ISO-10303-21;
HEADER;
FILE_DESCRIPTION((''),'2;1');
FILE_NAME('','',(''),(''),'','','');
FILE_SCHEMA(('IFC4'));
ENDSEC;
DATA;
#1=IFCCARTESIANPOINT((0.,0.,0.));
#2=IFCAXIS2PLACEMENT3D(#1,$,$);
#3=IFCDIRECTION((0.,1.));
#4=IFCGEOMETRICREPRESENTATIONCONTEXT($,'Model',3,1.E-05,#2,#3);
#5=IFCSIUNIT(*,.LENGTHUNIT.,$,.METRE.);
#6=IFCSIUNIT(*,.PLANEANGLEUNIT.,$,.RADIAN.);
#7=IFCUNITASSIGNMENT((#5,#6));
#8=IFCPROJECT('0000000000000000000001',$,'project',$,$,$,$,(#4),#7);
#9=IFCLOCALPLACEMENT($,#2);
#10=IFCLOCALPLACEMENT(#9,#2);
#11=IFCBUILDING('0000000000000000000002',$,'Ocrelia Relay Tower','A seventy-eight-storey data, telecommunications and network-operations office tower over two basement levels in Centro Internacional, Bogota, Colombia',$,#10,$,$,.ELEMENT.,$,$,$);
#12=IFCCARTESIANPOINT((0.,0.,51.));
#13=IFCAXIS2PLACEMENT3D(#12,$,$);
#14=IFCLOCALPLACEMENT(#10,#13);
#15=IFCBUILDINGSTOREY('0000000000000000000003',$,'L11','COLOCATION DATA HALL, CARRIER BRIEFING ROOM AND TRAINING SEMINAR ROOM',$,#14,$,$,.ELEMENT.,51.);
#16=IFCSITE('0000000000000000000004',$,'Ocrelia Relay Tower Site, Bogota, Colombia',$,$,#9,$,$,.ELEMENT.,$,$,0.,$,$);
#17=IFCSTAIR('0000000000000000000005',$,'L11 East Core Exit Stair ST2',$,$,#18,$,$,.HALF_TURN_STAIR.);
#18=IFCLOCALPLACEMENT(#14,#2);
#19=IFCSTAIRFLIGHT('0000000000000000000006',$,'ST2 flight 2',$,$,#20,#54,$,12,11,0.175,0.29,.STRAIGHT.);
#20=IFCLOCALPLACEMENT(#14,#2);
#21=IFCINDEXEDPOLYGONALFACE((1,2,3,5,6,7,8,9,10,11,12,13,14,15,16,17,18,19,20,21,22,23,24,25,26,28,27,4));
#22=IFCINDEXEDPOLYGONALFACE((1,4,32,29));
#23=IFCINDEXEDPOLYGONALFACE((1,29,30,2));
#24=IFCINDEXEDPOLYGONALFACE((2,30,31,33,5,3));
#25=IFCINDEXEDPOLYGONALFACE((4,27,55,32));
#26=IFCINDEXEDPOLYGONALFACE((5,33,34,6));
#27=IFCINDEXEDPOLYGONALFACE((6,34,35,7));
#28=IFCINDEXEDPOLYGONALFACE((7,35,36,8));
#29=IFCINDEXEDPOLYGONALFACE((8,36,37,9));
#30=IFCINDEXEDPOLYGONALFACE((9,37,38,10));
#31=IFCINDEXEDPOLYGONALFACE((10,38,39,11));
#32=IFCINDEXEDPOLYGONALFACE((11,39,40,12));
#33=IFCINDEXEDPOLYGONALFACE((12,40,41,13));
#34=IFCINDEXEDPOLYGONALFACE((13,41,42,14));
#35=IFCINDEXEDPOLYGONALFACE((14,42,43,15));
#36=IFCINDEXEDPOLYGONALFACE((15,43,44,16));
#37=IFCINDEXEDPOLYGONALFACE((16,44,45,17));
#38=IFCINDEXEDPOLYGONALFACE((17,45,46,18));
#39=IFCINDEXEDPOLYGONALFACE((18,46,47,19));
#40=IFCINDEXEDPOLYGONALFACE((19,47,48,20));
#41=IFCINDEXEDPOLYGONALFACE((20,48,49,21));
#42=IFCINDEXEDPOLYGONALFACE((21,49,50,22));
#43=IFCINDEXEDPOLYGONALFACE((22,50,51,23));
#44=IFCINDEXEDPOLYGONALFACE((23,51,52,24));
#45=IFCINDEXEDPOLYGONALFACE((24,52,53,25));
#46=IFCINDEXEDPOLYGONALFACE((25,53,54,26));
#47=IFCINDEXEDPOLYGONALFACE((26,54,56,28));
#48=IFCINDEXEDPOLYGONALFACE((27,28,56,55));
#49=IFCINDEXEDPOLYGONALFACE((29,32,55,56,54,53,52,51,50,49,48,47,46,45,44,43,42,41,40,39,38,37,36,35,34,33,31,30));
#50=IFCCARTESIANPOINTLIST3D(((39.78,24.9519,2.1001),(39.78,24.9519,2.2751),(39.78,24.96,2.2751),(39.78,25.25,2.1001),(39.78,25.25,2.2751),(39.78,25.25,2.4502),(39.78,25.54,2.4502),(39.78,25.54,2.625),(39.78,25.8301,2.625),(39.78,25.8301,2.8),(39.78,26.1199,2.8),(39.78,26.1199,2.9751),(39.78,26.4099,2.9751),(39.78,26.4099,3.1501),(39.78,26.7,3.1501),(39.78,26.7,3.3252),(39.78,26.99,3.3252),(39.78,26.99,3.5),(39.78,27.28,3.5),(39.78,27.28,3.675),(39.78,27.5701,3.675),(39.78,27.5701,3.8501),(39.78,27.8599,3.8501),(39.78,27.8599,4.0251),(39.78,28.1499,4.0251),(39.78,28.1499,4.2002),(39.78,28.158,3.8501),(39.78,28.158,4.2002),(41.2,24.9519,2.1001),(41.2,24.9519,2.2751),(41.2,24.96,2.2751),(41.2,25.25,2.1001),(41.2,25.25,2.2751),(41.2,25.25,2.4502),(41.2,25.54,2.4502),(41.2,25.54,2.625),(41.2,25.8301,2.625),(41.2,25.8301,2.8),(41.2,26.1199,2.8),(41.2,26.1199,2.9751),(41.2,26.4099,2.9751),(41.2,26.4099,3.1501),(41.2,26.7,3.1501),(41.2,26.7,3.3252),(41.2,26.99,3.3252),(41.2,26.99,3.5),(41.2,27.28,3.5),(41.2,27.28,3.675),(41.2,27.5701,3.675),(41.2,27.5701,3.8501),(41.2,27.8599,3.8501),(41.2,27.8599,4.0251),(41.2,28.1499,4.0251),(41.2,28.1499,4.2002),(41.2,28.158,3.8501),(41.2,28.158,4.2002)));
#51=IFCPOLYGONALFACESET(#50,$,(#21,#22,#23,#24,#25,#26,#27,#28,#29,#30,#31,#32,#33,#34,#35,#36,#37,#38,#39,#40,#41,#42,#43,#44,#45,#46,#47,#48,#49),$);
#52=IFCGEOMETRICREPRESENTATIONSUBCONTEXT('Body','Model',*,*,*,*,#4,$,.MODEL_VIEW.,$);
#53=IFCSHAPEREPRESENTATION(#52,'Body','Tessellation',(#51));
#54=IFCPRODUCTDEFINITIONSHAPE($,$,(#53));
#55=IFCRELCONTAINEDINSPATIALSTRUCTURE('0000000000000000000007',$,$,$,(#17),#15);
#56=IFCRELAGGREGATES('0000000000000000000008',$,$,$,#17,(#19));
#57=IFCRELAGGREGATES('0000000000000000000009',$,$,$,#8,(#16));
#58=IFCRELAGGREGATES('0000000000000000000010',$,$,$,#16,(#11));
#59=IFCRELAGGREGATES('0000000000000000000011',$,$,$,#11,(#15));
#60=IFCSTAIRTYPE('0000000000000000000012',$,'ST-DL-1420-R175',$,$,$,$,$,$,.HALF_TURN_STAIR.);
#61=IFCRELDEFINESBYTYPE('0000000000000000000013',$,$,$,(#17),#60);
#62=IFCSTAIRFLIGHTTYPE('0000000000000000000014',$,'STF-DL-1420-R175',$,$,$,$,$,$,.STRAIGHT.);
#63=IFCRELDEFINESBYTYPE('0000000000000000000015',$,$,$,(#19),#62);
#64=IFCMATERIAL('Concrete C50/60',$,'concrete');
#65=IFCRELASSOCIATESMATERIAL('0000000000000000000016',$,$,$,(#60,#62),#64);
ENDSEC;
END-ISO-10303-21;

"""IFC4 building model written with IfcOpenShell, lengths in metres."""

from ifc_helpers import new_model, si_unit, direction, frame, origin, place, context, subcontext, project, spatial, polyline, outline, extrude, material, type_object, element, aggregate, save


model = new_model("IFC4")

# Units and contexts
model_context = context("Model", 3, precision=1e-05, world=origin(), true_north=direction((0.0, 1.0)))
body_context = subcontext(model_context, "Body", "Model", "MODEL_VIEW")
ifc_project = project(units=[si_unit("LENGTHUNIT", "METRE"), si_unit("PLANEANGLEUNIT", "RADIAN")], contexts=[model_context])

# Site, building, storey
site_placement = place(None, origin())
site = spatial("IfcSite", under=ifc_project, at=site_placement, Name="Ocrelia Relay Tower Site, Bogota, Colombia", CompositionType="ELEMENT", RefElevation=0.0)
building_placement = place(site_placement, origin())
building = spatial("IfcBuilding", under=site, at=building_placement, Name="Ocrelia Relay Tower", Description="A seventy-eight-storey data, telecommunications and network-operations office tower over two basement levels in Centro Internacional, Bogota, Colombia", CompositionType="ELEMENT")
storey_placement = place(building_placement, frame((0.0, 0.0, 51.0)))
storey = spatial("IfcBuildingStorey", under=building, at=storey_placement, Name="L11", Description="COLOCATION DATA HALL, CARRIER BRIEFING ROOM AND TRAINING SEMINAR ROOM", CompositionType="ELEMENT", Elevation=51.0)

# Shared definitions
ifc_material_1 = material(Name="Concrete C50/60", Category="concrete")

# Stair, stair flight
stair_type = type_object("IfcStairType", Name="ST-DL-1420-R175", PredefinedType="HALF_TURN_STAIR", material=ifc_material_1)
stair_placement = place(storey_placement, origin())
stair = element("IfcStair", 1, at=stair_placement, inside=storey, type_object=stair_type, Name="L11 East Core Exit Stair ST2", PredefinedType="HALF_TURN_STAIR")
stair_flight_type = type_object("IfcStairFlightType", Name="STF-DL-1420-R175", PredefinedType="STRAIGHT", material=ifc_material_1)
stair_flight_placement = place(storey_placement, frame((40.49, 24.96, 2.1001), z_axis=(0.0, 0.0, 1.0), x_axis=(0.0, 1.0, 0.0)))
stair_flight = element("IfcStairFlight", 2, at=stair_flight_placement, type_object=stair_flight_type, Name="ST2 flight 2", NumberOfRisers=12, NumberOfTreads=11, PredefinedType="STRAIGHT", RiserHeight=0.175, TreadLength=0.29, context=body_context, shape_type="SweptSolid", body=[
    extrude(outline(polyline([(-0.0081, 0.0), (-0.0081, 0.175), (0.0, 0.175), (0.29, 0.175), (0.29, 0.3501), (0.5801, 0.3501), (0.5801, 0.5249), (0.8701, 0.5249), (0.8701, 0.7), (1.1599, 0.7), (1.1599, 0.875), (1.45, 0.875), (1.45, 1.05), (1.74, 1.05), (1.74, 1.2251), (2.03, 1.2251), (2.03, 1.3999), (2.3201, 1.3999), (2.3201, 1.575), (2.6101, 1.575), (2.6101, 1.75), (2.8999, 1.75), (2.8999, 1.925), (3.1899, 1.925), (3.1899, 2.1001), (3.198, 2.1001), (3.198, 1.75), (0.29, 0.0), (-0.0081, 0.0)])), frame((0.0, 0.71, 0.0), z_axis=(0.0, -1.0, 0.0), x_axis=(1.0, 0.0, 0.0)), (0.0, 0.0, 1.0), 1.4199),
])
aggregate(stair, [stair_flight])

save(model, "model.ifc")
